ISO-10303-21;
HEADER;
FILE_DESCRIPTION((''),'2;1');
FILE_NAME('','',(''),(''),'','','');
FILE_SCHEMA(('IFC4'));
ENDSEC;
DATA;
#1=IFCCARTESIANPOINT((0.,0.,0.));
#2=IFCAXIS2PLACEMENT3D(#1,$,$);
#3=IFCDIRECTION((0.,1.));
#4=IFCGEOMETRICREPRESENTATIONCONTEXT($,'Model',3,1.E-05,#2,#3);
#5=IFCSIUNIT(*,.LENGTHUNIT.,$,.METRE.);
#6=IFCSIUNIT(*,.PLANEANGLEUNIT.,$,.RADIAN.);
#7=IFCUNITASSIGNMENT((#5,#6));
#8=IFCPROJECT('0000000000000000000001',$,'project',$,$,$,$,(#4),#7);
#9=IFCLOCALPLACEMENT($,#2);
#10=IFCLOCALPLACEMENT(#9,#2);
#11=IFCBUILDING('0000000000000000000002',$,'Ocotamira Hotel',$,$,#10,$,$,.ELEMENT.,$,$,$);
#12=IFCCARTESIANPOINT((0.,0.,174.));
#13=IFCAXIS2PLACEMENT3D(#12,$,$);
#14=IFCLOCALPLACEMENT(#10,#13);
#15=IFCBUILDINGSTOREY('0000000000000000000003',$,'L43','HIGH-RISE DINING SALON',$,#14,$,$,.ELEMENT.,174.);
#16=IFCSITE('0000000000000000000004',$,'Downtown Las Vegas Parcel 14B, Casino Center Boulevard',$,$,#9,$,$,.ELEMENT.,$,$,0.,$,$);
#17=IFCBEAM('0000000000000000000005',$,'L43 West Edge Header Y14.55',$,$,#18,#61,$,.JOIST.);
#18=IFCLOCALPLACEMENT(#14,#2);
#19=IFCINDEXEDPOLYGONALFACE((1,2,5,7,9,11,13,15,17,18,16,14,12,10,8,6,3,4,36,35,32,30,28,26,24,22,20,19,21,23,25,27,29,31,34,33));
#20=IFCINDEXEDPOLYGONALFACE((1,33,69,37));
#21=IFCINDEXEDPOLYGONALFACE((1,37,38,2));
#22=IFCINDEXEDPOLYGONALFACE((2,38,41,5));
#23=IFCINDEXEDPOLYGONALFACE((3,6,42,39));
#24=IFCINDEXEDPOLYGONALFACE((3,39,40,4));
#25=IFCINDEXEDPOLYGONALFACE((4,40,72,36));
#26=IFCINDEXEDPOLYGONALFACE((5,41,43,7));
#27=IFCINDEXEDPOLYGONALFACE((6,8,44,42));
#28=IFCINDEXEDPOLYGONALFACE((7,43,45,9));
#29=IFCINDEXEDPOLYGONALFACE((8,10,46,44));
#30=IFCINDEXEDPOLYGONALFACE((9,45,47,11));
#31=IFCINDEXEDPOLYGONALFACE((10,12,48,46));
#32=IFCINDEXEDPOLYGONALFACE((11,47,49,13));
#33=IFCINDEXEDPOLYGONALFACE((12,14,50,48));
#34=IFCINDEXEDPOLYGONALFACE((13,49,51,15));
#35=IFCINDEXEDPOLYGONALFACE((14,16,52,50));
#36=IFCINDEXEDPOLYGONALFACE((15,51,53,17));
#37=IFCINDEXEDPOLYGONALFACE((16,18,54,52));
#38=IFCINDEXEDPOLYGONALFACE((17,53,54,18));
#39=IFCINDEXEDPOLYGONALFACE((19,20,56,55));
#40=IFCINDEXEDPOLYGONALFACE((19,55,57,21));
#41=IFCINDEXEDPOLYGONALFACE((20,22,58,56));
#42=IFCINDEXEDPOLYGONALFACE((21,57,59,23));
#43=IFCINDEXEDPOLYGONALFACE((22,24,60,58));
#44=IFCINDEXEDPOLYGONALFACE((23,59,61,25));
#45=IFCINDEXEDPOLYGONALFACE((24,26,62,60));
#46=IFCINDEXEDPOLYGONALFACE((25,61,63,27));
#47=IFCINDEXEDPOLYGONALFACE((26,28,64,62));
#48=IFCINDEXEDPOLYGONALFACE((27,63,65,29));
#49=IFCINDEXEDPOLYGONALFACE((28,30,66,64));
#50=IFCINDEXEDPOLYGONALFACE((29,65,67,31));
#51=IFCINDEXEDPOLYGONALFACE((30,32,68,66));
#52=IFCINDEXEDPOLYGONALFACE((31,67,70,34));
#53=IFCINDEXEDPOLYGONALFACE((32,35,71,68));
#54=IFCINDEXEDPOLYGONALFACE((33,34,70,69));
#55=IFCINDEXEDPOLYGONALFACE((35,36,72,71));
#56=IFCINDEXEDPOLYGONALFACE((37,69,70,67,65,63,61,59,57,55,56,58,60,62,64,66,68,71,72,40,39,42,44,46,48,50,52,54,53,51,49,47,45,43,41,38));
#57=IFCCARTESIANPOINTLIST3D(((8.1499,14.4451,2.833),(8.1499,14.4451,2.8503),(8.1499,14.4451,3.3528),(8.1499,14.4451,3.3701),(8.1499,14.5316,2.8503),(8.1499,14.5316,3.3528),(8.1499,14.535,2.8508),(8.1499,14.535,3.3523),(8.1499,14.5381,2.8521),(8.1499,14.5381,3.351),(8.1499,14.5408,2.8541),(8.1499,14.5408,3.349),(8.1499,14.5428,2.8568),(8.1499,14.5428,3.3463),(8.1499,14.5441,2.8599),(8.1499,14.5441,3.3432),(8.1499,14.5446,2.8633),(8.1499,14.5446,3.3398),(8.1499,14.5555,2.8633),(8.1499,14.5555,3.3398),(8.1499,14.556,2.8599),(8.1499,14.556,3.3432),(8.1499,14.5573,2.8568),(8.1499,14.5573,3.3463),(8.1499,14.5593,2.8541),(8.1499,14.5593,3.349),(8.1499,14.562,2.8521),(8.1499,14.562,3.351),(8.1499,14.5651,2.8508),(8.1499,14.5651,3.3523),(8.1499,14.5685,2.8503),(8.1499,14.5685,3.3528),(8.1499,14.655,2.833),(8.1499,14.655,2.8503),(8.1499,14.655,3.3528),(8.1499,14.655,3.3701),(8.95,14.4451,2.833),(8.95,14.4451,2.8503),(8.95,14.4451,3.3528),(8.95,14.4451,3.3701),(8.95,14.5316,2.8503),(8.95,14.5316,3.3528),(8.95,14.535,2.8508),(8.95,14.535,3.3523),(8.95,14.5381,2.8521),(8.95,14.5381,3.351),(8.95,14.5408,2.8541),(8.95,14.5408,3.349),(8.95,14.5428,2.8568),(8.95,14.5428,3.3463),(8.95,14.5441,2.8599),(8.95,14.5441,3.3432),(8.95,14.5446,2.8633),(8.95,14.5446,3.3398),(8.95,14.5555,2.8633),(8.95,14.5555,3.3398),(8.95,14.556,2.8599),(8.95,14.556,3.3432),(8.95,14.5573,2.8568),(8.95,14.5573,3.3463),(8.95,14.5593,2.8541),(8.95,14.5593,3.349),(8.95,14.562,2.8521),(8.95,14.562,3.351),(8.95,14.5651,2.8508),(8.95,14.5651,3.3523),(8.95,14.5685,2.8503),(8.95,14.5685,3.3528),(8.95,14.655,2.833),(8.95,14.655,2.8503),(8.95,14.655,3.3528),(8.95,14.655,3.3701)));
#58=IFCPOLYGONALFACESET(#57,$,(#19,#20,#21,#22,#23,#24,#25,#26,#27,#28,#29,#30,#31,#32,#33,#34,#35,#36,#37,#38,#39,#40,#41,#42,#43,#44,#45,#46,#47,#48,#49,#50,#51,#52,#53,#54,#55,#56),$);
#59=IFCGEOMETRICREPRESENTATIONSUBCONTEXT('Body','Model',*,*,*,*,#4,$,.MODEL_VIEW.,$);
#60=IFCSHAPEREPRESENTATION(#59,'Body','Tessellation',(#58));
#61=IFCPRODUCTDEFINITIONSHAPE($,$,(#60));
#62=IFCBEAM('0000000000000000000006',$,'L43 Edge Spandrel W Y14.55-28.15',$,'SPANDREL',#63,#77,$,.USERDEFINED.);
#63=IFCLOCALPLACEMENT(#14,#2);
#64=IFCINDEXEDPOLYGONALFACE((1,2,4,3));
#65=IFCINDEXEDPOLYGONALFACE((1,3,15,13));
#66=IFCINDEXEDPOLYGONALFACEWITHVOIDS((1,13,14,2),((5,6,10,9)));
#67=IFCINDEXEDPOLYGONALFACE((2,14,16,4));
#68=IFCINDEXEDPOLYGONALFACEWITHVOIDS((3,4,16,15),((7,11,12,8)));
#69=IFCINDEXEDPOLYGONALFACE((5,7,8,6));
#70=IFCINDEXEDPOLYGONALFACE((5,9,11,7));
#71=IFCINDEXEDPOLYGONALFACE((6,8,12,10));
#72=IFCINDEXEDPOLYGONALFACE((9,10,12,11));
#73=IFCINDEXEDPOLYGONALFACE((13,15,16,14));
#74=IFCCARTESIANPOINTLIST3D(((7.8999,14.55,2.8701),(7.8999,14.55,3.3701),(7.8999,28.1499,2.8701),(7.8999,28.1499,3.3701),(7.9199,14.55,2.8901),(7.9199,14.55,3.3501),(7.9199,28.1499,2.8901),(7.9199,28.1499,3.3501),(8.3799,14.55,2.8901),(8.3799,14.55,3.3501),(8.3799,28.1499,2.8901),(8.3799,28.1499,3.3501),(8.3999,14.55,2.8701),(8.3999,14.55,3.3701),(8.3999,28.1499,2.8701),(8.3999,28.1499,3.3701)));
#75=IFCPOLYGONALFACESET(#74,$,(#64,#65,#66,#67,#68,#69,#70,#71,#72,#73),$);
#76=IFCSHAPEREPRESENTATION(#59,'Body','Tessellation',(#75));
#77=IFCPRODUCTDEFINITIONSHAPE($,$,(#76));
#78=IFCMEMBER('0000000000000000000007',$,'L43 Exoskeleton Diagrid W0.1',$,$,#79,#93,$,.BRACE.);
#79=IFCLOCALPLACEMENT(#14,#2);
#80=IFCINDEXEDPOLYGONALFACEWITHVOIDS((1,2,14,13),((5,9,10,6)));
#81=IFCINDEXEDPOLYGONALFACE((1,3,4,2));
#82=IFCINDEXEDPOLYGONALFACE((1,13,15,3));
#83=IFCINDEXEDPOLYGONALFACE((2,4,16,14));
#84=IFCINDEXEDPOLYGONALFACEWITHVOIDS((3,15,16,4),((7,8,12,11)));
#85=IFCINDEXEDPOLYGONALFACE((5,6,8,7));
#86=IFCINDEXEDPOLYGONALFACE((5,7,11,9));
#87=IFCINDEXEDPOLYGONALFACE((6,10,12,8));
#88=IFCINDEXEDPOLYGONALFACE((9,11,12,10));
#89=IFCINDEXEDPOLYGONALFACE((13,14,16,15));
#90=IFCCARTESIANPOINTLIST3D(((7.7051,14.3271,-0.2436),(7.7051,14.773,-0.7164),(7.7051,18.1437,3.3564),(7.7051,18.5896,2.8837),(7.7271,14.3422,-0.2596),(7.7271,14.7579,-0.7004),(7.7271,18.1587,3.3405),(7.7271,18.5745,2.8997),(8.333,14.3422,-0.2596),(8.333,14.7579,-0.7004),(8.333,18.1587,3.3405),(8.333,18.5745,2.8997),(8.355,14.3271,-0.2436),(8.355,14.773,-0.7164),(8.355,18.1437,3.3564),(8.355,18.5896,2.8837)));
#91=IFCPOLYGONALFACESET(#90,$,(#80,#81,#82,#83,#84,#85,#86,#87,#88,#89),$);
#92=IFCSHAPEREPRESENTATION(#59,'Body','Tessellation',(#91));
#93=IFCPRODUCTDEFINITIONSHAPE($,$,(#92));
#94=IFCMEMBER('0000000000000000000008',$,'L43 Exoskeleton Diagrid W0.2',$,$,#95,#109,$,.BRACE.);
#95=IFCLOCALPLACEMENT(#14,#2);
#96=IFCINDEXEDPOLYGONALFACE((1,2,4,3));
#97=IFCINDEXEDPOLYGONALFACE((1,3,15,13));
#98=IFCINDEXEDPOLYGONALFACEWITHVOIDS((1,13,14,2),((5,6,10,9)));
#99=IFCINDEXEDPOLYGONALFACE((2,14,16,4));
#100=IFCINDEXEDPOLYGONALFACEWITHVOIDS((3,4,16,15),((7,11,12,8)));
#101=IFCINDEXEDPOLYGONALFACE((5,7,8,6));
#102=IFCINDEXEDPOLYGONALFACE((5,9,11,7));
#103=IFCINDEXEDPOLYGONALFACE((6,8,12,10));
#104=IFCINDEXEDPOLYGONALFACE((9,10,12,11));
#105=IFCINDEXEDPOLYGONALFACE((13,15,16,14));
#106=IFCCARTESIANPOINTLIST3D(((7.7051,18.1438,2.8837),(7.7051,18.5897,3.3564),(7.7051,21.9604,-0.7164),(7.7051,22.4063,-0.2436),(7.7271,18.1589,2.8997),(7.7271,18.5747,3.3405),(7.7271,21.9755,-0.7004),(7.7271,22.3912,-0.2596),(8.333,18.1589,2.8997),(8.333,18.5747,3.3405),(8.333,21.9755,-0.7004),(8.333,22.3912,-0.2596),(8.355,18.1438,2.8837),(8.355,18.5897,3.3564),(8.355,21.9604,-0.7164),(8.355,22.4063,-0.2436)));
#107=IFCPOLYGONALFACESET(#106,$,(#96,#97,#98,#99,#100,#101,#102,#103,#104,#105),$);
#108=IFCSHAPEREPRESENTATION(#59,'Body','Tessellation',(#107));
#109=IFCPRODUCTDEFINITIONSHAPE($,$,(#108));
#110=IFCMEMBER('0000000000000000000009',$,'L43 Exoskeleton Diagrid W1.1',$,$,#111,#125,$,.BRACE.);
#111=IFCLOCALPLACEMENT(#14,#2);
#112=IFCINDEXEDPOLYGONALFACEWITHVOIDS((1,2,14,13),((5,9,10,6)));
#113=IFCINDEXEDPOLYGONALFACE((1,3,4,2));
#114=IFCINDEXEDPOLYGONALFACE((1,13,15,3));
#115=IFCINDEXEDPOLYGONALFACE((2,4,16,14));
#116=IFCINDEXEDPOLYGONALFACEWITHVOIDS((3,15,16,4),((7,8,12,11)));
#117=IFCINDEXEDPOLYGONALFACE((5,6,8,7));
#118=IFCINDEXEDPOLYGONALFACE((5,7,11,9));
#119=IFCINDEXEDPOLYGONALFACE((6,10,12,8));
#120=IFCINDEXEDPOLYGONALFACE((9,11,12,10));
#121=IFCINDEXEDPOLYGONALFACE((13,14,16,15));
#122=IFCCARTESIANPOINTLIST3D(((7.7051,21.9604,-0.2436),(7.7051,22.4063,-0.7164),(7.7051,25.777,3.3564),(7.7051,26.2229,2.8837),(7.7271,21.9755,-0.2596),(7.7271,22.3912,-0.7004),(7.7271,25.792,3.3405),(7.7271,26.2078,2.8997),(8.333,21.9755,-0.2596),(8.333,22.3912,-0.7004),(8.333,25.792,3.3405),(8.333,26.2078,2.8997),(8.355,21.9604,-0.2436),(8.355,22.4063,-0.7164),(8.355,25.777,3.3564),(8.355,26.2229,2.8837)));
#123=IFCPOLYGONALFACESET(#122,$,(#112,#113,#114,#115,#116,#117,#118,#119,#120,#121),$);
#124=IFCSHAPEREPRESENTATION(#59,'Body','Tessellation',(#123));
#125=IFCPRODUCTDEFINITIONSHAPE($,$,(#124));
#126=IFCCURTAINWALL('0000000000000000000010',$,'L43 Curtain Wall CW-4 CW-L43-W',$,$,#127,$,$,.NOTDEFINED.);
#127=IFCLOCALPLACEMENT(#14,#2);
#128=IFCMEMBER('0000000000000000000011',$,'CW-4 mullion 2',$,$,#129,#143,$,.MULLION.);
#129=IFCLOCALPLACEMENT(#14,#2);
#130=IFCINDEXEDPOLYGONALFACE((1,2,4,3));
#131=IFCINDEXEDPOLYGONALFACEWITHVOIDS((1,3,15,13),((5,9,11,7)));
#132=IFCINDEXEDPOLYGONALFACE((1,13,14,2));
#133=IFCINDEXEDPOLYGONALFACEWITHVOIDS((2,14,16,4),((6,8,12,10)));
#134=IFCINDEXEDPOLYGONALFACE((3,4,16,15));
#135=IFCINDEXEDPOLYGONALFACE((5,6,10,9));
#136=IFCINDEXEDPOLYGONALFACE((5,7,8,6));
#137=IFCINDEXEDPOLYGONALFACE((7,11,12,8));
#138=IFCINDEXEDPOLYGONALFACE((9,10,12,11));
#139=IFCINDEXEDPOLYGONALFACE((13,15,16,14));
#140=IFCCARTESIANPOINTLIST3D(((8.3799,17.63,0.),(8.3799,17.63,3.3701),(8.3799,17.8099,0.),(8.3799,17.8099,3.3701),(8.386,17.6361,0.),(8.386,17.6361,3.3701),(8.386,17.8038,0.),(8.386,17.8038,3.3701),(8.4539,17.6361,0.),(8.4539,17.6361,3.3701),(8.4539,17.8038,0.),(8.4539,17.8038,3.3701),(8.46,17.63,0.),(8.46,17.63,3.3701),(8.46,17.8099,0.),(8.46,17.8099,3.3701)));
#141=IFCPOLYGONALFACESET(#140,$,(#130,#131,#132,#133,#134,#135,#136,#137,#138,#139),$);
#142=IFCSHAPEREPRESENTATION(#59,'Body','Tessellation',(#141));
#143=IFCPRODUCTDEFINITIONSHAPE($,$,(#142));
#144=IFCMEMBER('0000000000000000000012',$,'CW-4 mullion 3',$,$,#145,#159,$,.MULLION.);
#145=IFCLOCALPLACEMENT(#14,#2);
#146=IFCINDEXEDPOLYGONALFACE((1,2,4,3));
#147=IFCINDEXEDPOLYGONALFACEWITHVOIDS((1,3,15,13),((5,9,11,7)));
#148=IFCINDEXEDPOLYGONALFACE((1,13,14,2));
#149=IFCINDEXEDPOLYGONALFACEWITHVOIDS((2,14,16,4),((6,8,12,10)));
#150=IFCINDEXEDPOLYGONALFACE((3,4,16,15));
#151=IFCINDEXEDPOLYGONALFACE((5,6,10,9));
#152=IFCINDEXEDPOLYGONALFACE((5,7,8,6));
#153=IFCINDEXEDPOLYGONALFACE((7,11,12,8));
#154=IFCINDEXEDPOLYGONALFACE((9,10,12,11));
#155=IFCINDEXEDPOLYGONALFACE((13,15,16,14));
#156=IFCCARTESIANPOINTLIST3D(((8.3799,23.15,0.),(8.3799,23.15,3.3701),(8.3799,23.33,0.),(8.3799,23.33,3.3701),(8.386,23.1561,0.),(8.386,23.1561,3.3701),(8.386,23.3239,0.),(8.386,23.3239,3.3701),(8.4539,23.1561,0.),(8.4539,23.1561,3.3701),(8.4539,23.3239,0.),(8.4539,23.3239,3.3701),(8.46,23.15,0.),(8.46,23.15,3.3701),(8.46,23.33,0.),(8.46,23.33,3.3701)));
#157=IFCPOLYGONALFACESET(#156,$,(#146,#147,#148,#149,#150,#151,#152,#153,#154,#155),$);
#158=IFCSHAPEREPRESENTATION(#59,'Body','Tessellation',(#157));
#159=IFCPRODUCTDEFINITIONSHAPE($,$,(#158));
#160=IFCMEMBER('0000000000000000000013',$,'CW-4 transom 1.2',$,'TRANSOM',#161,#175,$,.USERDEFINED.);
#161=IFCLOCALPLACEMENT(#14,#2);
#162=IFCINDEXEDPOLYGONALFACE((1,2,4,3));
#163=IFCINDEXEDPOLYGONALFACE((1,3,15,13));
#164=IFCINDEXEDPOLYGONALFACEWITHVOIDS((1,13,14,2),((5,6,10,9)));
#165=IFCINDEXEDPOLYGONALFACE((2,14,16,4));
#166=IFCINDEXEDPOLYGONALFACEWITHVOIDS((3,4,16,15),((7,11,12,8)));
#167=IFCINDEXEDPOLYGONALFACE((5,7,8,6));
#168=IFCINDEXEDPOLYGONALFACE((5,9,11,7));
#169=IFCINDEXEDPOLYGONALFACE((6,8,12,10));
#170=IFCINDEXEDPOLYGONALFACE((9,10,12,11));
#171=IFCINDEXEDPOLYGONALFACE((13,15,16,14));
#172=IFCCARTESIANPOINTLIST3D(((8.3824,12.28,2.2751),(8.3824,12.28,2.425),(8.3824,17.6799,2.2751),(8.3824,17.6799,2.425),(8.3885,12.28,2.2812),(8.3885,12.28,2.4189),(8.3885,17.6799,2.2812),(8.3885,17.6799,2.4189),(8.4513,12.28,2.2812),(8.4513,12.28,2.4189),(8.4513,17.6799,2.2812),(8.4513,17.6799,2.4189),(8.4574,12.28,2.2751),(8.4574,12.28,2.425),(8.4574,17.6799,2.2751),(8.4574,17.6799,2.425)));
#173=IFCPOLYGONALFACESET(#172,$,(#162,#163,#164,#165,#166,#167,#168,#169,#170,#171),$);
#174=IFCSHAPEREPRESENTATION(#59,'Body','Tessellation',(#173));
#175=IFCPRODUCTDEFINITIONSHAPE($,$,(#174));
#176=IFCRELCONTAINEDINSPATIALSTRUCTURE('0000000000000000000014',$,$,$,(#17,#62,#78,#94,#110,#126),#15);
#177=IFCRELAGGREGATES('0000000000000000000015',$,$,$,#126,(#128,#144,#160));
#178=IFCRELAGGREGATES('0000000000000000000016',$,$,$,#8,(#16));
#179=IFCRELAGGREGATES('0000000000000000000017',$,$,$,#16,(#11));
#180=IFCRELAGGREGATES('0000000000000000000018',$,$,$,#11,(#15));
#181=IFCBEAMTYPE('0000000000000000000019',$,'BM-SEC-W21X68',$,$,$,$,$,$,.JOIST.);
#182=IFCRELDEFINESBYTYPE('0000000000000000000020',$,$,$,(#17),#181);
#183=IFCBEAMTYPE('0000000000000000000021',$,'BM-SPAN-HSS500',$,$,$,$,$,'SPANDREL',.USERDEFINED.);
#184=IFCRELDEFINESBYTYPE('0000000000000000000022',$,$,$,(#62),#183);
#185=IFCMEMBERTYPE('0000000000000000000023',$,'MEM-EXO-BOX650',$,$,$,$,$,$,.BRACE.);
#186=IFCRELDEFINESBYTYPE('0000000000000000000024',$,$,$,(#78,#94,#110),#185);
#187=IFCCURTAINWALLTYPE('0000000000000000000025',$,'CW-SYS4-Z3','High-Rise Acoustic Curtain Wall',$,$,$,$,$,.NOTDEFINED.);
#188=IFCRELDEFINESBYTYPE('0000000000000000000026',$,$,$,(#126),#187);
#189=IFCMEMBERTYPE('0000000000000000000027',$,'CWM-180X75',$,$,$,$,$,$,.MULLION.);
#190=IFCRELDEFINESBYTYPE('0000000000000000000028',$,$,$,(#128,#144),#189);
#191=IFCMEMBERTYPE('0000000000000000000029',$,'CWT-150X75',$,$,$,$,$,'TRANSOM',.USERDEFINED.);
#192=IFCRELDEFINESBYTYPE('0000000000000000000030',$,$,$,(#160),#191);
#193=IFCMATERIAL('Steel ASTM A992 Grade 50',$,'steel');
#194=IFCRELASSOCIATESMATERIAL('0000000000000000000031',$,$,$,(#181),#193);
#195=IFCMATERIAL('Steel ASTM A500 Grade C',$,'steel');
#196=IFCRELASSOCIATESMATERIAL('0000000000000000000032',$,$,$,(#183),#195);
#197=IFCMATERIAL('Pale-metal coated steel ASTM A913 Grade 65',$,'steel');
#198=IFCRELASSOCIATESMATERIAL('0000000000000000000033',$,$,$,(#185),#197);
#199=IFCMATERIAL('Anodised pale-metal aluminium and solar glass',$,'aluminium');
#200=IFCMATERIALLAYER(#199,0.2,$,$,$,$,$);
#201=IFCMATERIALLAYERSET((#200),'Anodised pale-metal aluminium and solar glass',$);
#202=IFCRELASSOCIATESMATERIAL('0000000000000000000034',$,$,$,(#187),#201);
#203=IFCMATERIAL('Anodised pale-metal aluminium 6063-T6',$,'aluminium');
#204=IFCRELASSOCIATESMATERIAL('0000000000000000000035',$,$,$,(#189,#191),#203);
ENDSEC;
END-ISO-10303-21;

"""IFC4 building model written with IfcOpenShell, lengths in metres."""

from ifc_helpers import new_model, si_unit, direction, frame, origin, origin_2d, place, context, subcontext, project, spatial, hollow_rectangle, i_section, extrude, source, transform, mapped, material, layer, layer_set, material_profile, profile_set, type_object, element, aggregate, save


model = new_model("IFC4")

# Units and contexts
model_context = context("Model", 3, precision=1e-05, world=origin(), true_north=direction((0.0, 1.0)))
body_context = subcontext(model_context, "Body", "Model", "MODEL_VIEW")
ifc_project = project(units=[si_unit("LENGTHUNIT", "METRE"), si_unit("PLANEANGLEUNIT", "RADIAN")], contexts=[model_context])

# Site, building, storey
site_placement = place(None, origin())
site = spatial("IfcSite", under=ifc_project, at=site_placement, Name="Downtown Las Vegas Parcel 14B, Casino Center Boulevard", CompositionType="ELEMENT", RefElevation=0.0)
building_placement = place(site_placement, origin())
building = spatial("IfcBuilding", under=site, at=building_placement, Name="Ocotamira Hotel", CompositionType="ELEMENT")
storey_placement = place(building_placement, frame((0.0, 0.0, 174.0)))
storey = spatial("IfcBuildingStorey", under=building, at=storey_placement, Name="L43", Description="HIGH-RISE DINING SALON", CompositionType="ELEMENT", Elevation=174.0)

# Beams
ifc_material_1 = material(Name="Steel ASTM A992 Grade 50", Category="steel")
ifc_material_profile_1 = material_profile(ifc_material_1, i_section(OverallWidth=0.21, OverallDepth=0.5371, WebThickness=0.011, FlangeThickness=0.0173, FilletRadius=0.0129, at=origin_2d()), Name="W21X68")
ifc_profile_set_1 = profile_set([ifc_material_profile_1], Name="Steel ASTM A992 Grade 50")
beam_type_1 = type_object("IfcBeamType", Name="BM-SEC-W21X68", PredefinedType="JOIST", material=ifc_profile_set_1)
shared_shape_1 = source(origin(), body_context, "Body", "SweptSolid", [
    extrude(i_section(OverallWidth=0.21, OverallDepth=0.5371, WebThickness=0.011, FlangeThickness=0.0173, FilletRadius=0.0129, at=origin_2d()), origin(), (0.0, 0.0, 1.0), 0.8),
])
beam_1_placement = place(storey_placement, frame((8.95, 14.55, 3.1016), z_axis=(-1.0, 0.0, 0.0), x_axis=(0.0, -1.0, 0.0)))
element("IfcBeam", 1, at=beam_1_placement, inside=storey, type_object=beam_type_1, Name="L43 West Edge Header Y14.55", PredefinedType="JOIST", context=body_context, shape_type="MappedRepresentation", body=[
    mapped(shared_shape_1, transform((0.0, 0.0, 0.0), scale=1.0)),
])
ifc_material_2 = material(Name="Steel ASTM A500 Grade C", Category="steel")
ifc_material_profile_2 = material_profile(ifc_material_2, hollow_rectangle(XDim=0.5, YDim=0.5, WallThickness=0.02, at=origin_2d()), Name="HSS500X500X20")
ifc_profile_set_2 = profile_set([ifc_material_profile_2], Name="Steel ASTM A500 Grade C")
beam_type_2 = type_object("IfcBeamType", Name="BM-SPAN-HSS500", ElementType="SPANDREL", PredefinedType="USERDEFINED", material=ifc_profile_set_2)
shared_shape_2 = source(origin(), body_context, "Body", "SweptSolid", [
    extrude(hollow_rectangle(XDim=0.5, YDim=0.5, WallThickness=0.02, at=origin_2d()), origin(), (0.0, 0.0, 1.0), 13.5999),
])
beam_2_placement = place(storey_placement, frame((8.1499, 14.55, 3.1201), z_axis=(0.0, 1.0, 0.0), x_axis=(-1.0, 0.0, 0.0)))
element("IfcBeam", 2, at=beam_2_placement, inside=storey, type_object=beam_type_2, Name="L43 Edge Spandrel W Y14.55-28.15", ObjectType="SPANDREL", PredefinedType="USERDEFINED", context=body_context, shape_type="MappedRepresentation", body=[
    mapped(shared_shape_2, transform((0.0, 0.0, 0.0), scale=1.0)),
])

# Members
ifc_material_3 = material(Name="Pale-metal coated steel ASTM A913 Grade 65", Category="steel")
ifc_material_profile_3 = material_profile(ifc_material_3, hollow_rectangle(XDim=0.6499, YDim=0.6499, WallThickness=0.022, at=origin_2d()), Name="BOX650X650X22")
ifc_profile_set_3 = profile_set([ifc_material_profile_3], Name="Pale-metal coated steel ASTM A913 Grade 65")
member_type_1 = type_object("IfcMemberType", Name="MEM-EXO-BOX650", PredefinedType="BRACE", material=ifc_profile_set_3)
shared_shape_3 = source(origin(), body_context, "Body", "SweptSolid", [
    extrude(hollow_rectangle(XDim=0.6499, YDim=0.6499, WallThickness=0.022, at=origin_2d()), origin(), (0.0, 0.0, 1.0), 5.2466),
])
for number, where, z_axis, x_axis, name in (
    (3, (8.03, 14.55, -0.48), (0.0, 0.727443, 0.686168), (-1.0, 0.0, 0.0), "L43 Exoskeleton Diagrid W0.1"),
    (4, (8.03, 22.1833, -0.48), (0.0, -0.727443, 0.686168), (1.0, 0.0, 0.0), "L43 Exoskeleton Diagrid W0.2"),
    (5, (8.03, 22.1833, -0.48), (0.0, 0.727443, 0.686168), (-1.0, 0.0, 0.0), "L43 Exoskeleton Diagrid W1.1"),
):
    element("IfcMember", number, at=place(storey_placement, frame(where, z_axis=z_axis, x_axis=x_axis)), inside=storey, type_object=member_type_1, Name=name, PredefinedType="BRACE", context=body_context, shape_type="MappedRepresentation", body=[
        mapped(shared_shape_3, transform((0.0, 0.0, 0.0), scale=1.0)),
    ])

# Curtain wall, members
ifc_material_4 = material(Name="Anodised pale-metal aluminium and solar glass", Category="aluminium")
ifc_layer_1 = layer(ifc_material_4, 0.2)
ifc_layer_set_1 = layer_set([ifc_layer_1], Name="Anodised pale-metal aluminium and solar glass")
curtain_wall_type = type_object("IfcCurtainWallType", Name="CW-SYS4-Z3", Description="High-Rise Acoustic Curtain Wall", PredefinedType="NOTDEFINED", material=ifc_layer_set_1)
curtain_wall_placement = place(storey_placement, origin())
curtain_wall = element("IfcCurtainWall", 6, at=curtain_wall_placement, inside=storey, type_object=curtain_wall_type, Name="L43 Curtain Wall CW-4 CW-L43-W", PredefinedType="NOTDEFINED")
ifc_material_5 = material(Name="Anodised pale-metal aluminium 6063-T6", Category="aluminium")
ifc_material_profile_4 = material_profile(ifc_material_5, hollow_rectangle(XDim=0.0801, YDim=0.1799, WallThickness=0.0061, at=origin_2d()), Name="HSS180X80X6")
ifc_profile_set_4 = profile_set([ifc_material_profile_4], Name="Anodised pale-metal aluminium 6063-T6")
member_type_2 = type_object("IfcMemberType", Name="CWM-180X75", PredefinedType="MULLION", material=ifc_profile_set_4)
shared_shape_4 = source(origin(), body_context, "Body", "SweptSolid", [
    extrude(hollow_rectangle(XDim=0.0801, YDim=0.1799, WallThickness=0.0061, at=origin_2d()), origin(), (0.0, 0.0, 1.0), 3.3701),
])
member_1_placement = place(storey_placement, frame((8.4199, 17.72, 0.0), z_axis=(0.0, 0.0, 1.0), x_axis=(-1.0, 0.0, 0.0)))
member_1 = element("IfcMember", 7, at=member_1_placement, type_object=member_type_2, Name="CW-4 mullion 2", PredefinedType="MULLION", context=body_context, shape_type="MappedRepresentation", body=[
    mapped(shared_shape_4, transform((0.0, 0.0, 0.0), scale=1.0)),
])
member_2_placement = place(storey_placement, frame((8.4199, 23.24, 0.0), z_axis=(0.0, 0.0, 1.0), x_axis=(-1.0, 0.0, 0.0)))
member_2 = element("IfcMember", 8, at=member_2_placement, type_object=member_type_2, Name="CW-4 mullion 3", PredefinedType="MULLION", context=body_context, shape_type="MappedRepresentation", body=[
    mapped(shared_shape_4, transform((0.0, 0.0, 0.0), scale=1.0)),
])
ifc_material_profile_5 = material_profile(ifc_material_5, hollow_rectangle(XDim=0.075, YDim=0.1499, WallThickness=0.0061, at=origin_2d()), Name="HSS150X75X6")
ifc_profile_set_5 = profile_set([ifc_material_profile_5], Name="Anodised pale-metal aluminium 6063-T6")
member_type_3 = type_object("IfcMemberType", Name="CWT-150X75", ElementType="TRANSOM", PredefinedType="USERDEFINED", material=ifc_profile_set_5)
shared_shape_5 = source(origin(), body_context, "Body", "SweptSolid", [
    extrude(hollow_rectangle(XDim=0.075, YDim=0.1499, WallThickness=0.0061, at=origin_2d()), origin(), (0.0, 0.0, 1.0), 5.3999),
])
member_3_placement = place(storey_placement, frame((8.4199, 12.28, 2.3501), z_axis=(0.0, 1.0, 0.0), x_axis=(-1.0, 0.0, 0.0)))
member_3 = element("IfcMember", 9, at=member_3_placement, type_object=member_type_3, Name="CW-4 transom 1.2", ObjectType="TRANSOM", PredefinedType="USERDEFINED", context=body_context, shape_type="MappedRepresentation", body=[
    mapped(shared_shape_5, transform((0.0, 0.0, 0.0), scale=1.0)),
])

aggregate(curtain_wall, [member_1, member_2, member_3])

save(model, "model.ifc")
